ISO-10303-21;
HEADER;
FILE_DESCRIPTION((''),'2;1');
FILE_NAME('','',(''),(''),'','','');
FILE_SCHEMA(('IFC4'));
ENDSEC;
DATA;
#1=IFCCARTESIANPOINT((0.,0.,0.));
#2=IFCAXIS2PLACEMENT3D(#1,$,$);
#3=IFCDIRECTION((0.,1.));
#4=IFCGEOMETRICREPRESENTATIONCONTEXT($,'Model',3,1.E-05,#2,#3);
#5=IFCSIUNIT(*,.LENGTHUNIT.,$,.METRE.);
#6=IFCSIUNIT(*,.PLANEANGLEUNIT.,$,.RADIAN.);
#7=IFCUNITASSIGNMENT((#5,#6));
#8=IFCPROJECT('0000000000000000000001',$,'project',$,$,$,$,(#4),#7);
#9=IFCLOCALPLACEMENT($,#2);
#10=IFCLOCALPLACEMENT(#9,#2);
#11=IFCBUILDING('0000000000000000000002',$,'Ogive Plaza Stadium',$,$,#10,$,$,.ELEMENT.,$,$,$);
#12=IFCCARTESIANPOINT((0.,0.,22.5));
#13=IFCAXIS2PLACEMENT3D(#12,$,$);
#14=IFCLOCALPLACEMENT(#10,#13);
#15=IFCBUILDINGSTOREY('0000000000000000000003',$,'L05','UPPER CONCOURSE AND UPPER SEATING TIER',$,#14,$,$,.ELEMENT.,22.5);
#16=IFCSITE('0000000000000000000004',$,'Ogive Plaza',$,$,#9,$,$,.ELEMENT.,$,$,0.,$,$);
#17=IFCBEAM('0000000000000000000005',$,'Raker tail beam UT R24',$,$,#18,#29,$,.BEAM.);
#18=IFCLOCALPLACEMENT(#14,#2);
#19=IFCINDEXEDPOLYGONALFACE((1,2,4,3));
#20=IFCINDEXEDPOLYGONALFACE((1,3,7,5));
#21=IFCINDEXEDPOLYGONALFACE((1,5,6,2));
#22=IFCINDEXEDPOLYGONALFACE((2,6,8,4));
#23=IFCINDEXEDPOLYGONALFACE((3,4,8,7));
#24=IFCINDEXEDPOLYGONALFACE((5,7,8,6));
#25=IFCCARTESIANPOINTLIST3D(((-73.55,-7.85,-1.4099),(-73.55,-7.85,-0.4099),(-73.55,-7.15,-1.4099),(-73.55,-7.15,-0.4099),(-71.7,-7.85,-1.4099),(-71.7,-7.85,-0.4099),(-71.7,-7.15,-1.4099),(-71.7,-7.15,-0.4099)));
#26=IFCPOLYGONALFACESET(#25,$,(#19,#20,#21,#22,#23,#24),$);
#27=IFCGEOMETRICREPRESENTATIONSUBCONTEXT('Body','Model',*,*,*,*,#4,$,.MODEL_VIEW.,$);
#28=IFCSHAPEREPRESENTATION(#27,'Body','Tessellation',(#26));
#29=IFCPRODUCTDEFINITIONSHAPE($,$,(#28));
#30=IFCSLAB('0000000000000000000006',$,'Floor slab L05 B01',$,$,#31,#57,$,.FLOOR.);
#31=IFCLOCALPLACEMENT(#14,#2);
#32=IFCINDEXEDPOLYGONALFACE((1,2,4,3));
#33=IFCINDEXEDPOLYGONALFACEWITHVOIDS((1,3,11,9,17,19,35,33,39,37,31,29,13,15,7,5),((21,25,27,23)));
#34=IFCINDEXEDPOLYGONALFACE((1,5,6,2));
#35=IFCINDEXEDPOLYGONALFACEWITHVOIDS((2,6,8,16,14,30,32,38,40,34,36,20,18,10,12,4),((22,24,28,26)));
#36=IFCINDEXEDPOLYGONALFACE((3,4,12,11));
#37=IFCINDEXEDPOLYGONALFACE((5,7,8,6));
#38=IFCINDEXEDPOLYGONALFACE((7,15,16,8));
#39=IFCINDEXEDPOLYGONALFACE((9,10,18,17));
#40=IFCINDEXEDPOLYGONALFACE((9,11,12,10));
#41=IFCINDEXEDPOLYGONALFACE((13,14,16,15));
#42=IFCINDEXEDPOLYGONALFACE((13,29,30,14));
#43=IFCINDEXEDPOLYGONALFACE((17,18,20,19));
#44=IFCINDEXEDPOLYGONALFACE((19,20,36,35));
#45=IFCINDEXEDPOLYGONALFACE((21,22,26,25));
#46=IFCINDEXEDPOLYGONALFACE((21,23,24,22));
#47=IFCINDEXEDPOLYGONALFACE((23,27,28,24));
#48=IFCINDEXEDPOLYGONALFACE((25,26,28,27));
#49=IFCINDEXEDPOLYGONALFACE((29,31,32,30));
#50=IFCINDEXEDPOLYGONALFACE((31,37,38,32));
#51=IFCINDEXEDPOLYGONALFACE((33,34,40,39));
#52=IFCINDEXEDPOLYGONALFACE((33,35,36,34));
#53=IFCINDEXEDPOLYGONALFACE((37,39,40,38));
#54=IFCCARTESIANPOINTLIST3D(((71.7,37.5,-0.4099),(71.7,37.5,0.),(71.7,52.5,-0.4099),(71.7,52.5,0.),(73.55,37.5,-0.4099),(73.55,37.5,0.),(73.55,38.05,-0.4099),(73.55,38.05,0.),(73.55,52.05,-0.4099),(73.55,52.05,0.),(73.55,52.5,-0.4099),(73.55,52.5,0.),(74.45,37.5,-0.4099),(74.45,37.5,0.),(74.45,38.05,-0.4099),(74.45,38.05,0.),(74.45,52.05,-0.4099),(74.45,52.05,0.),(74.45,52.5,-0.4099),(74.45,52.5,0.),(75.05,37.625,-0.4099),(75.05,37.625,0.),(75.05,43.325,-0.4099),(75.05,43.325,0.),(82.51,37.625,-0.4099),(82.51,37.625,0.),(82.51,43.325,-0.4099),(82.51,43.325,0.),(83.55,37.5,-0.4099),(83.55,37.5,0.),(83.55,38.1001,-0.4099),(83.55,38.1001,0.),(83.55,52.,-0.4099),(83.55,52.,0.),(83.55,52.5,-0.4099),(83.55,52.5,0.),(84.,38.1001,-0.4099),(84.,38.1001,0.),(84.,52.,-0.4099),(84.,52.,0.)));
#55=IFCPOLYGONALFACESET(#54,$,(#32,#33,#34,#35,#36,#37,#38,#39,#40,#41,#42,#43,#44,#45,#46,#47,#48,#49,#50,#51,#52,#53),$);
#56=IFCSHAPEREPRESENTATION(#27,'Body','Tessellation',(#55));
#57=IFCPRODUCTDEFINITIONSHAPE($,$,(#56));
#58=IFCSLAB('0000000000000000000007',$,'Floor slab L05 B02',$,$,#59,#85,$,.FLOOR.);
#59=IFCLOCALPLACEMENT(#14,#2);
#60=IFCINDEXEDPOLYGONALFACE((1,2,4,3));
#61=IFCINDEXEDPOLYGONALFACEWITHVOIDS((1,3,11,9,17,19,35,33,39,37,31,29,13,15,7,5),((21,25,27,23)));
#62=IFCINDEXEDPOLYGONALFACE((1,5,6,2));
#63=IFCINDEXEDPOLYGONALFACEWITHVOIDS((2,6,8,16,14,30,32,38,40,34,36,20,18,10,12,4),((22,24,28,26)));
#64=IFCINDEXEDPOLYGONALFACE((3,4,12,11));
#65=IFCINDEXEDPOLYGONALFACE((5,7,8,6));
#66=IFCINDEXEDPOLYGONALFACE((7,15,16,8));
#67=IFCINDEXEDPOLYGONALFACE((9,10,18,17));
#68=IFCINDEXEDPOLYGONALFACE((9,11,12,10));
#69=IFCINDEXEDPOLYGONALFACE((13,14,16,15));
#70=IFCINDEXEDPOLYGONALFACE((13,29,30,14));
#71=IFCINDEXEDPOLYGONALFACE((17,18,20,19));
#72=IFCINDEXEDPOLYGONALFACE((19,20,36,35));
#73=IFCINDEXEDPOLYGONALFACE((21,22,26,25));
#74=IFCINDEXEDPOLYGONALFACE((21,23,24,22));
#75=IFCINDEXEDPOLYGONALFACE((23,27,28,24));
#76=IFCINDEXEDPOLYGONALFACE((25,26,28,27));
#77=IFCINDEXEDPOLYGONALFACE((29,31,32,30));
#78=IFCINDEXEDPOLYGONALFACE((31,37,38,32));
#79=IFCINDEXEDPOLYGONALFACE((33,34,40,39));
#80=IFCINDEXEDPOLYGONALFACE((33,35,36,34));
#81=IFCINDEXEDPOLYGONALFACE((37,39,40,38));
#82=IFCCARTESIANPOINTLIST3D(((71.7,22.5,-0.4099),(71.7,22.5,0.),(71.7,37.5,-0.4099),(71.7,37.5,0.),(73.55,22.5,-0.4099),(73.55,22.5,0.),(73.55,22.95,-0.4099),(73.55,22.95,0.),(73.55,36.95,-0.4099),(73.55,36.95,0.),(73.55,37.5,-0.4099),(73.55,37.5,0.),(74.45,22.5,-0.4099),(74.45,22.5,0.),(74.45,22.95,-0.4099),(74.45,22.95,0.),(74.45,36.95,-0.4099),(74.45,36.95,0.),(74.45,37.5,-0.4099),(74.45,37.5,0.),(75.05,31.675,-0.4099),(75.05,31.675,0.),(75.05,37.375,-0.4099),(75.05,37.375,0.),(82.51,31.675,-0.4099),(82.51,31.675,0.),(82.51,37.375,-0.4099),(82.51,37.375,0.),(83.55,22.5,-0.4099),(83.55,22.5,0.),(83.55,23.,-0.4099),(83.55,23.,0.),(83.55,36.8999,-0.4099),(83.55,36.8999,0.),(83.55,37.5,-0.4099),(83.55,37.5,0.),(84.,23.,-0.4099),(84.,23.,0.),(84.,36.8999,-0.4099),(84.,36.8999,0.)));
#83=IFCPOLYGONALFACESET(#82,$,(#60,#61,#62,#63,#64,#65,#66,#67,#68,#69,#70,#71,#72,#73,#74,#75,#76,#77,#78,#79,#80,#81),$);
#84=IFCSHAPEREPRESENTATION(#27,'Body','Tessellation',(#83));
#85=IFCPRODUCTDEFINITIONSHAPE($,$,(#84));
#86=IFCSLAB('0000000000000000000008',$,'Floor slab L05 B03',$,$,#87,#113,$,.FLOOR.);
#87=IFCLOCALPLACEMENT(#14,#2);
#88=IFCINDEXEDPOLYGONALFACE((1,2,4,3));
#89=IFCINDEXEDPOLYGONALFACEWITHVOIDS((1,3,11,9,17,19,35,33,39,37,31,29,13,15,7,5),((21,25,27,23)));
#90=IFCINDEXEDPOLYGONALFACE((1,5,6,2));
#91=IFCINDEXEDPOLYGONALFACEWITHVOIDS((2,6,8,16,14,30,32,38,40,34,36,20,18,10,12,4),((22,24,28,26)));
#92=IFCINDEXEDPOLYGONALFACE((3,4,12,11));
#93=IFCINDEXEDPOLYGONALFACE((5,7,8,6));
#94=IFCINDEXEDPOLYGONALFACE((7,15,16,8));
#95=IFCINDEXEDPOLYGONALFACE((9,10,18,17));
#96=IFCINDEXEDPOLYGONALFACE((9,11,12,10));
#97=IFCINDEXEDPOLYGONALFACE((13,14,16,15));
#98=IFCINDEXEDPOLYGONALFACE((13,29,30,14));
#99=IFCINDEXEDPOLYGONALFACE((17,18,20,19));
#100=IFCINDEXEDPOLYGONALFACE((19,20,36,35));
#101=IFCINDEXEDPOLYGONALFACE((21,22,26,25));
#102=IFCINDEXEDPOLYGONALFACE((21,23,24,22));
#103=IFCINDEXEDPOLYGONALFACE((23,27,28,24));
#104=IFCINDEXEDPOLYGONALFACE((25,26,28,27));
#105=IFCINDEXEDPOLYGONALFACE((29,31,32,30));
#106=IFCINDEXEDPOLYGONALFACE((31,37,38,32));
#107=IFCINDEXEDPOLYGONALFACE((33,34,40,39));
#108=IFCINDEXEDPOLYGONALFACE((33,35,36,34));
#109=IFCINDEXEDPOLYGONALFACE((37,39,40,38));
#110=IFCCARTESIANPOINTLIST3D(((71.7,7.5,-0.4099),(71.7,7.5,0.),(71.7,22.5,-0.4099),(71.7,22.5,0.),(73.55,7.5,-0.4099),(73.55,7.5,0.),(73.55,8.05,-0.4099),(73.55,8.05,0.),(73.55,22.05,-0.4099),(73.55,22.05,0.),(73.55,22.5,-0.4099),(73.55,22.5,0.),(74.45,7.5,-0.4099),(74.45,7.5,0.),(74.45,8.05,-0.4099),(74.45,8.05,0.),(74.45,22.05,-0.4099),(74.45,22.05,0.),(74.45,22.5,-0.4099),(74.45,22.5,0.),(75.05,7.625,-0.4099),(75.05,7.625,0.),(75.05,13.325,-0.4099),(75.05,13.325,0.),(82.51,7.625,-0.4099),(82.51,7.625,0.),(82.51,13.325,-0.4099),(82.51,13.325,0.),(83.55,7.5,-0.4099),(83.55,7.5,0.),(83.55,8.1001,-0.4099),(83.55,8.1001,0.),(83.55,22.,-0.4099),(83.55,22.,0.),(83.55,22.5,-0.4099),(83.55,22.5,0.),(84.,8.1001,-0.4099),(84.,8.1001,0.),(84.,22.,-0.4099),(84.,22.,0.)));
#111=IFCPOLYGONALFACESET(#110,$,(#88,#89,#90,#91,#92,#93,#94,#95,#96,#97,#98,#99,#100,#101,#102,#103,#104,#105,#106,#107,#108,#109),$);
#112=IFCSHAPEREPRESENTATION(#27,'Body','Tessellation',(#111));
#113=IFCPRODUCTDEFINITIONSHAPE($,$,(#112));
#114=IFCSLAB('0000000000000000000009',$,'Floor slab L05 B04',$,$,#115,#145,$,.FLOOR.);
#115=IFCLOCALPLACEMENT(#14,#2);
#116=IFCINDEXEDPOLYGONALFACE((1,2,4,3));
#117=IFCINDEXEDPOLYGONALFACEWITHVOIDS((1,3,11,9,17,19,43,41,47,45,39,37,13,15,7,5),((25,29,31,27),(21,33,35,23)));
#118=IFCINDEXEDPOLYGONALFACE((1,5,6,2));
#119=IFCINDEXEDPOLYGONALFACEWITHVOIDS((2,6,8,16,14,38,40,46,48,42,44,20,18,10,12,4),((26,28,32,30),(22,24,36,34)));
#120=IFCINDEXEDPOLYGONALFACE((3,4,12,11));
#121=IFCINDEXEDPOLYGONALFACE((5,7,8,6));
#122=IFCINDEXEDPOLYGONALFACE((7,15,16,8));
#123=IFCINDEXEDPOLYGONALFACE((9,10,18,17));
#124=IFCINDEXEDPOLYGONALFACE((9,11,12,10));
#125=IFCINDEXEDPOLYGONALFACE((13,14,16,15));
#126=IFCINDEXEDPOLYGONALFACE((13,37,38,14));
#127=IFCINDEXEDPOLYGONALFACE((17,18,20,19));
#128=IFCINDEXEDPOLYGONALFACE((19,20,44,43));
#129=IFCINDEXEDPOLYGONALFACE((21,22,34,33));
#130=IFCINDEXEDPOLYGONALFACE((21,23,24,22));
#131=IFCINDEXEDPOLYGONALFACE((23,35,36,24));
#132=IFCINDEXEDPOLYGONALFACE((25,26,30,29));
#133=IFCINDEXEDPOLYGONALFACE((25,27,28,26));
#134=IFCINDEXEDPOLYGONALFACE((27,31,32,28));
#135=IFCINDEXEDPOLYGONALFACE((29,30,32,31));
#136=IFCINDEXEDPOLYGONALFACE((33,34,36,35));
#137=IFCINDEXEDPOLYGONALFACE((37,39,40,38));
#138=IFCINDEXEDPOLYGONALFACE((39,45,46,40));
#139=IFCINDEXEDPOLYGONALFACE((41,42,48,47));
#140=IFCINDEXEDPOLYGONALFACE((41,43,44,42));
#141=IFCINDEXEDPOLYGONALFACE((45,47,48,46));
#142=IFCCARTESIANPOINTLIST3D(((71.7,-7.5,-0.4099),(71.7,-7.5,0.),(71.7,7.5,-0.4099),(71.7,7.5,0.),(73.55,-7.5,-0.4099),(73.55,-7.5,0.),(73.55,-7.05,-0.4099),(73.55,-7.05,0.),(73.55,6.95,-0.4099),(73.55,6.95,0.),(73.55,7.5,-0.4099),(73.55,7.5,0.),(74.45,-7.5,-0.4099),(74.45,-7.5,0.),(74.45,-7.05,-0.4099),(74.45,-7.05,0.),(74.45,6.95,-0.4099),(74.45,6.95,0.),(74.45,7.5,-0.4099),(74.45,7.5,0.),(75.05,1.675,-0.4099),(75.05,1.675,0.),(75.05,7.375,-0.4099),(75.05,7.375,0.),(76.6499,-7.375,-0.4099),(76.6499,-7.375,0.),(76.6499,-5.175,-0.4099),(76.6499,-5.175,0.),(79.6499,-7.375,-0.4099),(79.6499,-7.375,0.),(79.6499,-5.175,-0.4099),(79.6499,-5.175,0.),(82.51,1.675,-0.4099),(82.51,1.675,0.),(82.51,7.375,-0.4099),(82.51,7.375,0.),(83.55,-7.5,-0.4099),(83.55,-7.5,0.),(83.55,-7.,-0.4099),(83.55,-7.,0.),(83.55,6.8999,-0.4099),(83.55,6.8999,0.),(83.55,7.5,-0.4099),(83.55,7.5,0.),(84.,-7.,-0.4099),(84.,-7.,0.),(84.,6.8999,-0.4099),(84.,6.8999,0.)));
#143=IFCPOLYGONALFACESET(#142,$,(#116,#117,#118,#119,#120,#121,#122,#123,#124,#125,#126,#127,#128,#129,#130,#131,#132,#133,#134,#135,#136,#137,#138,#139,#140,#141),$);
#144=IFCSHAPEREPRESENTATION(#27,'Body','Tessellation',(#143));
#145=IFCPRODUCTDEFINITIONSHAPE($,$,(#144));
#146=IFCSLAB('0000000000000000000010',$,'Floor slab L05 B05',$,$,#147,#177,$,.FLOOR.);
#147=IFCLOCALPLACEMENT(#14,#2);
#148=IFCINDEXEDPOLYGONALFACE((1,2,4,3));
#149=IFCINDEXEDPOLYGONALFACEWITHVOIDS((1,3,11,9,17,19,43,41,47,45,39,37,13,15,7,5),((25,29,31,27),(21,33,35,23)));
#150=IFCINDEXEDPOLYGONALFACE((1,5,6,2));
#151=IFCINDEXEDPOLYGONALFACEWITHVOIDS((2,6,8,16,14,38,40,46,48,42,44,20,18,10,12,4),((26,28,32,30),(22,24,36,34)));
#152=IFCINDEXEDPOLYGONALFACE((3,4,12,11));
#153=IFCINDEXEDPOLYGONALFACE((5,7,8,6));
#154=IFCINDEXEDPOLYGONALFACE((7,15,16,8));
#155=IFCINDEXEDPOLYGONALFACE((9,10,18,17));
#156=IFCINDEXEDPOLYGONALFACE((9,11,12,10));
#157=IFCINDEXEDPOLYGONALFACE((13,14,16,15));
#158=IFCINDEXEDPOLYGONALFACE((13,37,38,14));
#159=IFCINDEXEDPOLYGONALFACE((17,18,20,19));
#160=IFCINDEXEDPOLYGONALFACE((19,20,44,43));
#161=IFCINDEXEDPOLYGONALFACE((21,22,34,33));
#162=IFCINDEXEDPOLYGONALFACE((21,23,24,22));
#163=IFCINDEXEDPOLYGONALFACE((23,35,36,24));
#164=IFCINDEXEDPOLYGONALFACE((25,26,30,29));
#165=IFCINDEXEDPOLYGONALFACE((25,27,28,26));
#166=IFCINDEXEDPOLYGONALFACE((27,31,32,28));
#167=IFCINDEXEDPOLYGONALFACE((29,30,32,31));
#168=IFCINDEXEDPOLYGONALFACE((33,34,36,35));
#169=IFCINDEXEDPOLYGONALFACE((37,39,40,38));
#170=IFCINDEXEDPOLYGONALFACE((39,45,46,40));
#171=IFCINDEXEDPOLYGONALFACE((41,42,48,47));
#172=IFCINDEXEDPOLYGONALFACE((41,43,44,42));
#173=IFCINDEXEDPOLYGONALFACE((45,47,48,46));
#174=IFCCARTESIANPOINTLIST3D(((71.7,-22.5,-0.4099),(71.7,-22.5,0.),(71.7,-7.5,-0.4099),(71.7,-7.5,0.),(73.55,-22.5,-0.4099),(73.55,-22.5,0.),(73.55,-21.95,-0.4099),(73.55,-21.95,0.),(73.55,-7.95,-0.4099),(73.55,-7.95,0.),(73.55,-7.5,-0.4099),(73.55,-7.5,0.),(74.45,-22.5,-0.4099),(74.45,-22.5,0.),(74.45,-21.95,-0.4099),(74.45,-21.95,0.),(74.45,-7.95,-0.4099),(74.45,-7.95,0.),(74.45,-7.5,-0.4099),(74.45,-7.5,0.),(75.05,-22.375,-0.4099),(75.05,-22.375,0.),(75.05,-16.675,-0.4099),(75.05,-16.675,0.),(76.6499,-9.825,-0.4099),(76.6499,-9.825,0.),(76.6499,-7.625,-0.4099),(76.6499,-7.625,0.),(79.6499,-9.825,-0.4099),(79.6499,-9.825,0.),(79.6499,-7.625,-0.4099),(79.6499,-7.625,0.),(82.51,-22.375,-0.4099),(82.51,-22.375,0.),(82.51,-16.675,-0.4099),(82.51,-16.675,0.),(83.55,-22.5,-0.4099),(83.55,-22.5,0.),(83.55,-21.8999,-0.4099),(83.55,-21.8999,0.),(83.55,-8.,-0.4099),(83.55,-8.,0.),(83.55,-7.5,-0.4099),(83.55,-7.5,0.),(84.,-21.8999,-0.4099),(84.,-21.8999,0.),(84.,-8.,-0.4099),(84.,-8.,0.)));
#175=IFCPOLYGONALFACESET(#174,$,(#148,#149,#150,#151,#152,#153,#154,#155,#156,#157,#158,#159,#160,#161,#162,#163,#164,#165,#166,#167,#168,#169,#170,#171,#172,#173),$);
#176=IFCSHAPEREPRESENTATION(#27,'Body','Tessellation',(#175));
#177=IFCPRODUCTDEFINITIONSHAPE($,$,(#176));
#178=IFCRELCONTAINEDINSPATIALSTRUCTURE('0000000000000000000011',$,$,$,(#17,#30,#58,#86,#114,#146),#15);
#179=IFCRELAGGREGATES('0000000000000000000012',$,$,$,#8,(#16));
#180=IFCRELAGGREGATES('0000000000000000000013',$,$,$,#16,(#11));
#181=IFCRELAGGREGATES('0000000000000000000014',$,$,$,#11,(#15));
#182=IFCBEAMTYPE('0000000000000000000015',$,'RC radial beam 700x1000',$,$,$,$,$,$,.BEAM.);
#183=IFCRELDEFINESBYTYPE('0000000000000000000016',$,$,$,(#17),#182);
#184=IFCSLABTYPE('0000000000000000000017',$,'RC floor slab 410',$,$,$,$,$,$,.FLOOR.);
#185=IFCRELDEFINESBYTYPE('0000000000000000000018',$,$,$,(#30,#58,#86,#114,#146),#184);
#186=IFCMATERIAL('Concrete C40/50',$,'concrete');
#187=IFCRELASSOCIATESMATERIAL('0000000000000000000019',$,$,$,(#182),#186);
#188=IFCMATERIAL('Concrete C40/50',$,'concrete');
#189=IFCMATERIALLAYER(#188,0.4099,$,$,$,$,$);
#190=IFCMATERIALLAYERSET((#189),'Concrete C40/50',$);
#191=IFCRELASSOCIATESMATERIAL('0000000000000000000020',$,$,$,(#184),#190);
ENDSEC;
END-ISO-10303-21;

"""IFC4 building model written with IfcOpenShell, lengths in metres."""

from ifc_helpers import new_model, si_unit, direction, frame, origin, origin_2d, place, context, subcontext, project, spatial, polyline, rectangle, outline, extrude, material, layer, layer_set, material_profile, profile_set, type_object, element, save


model = new_model("IFC4")

# Units and contexts
model_context = context("Model", 3, precision=1e-05, world=origin(), true_north=direction((0.0, 1.0)))
body_context = subcontext(model_context, "Body", "Model", "MODEL_VIEW")
ifc_project = project(units=[si_unit("LENGTHUNIT", "METRE"), si_unit("PLANEANGLEUNIT", "RADIAN")], contexts=[model_context])

# Site, building, storey
site_placement = place(None, origin())
site = spatial("IfcSite", under=ifc_project, at=site_placement, Name="Ogive Plaza", CompositionType="ELEMENT", RefElevation=0.0)
building_placement = place(site_placement, origin())
building = spatial("IfcBuilding", under=site, at=building_placement, Name="Ogive Plaza Stadium", CompositionType="ELEMENT")
storey_placement = place(building_placement, frame((0.0, 0.0, 22.5)))
storey = spatial("IfcBuildingStorey", under=building, at=storey_placement, Name="L05", Description="UPPER CONCOURSE AND UPPER SEATING TIER", CompositionType="ELEMENT", Elevation=22.5)

# Beam
ifc_material_1 = material(Name="Concrete C40/50", Category="concrete")
ifc_material_profile = material_profile(ifc_material_1, rectangle(XDim=0.7, YDim=1.0, at=origin_2d()), Name="RC 700x1000")
ifc_profile_set = profile_set([ifc_material_profile], Name="Concrete C40/50")
beam_type = type_object("IfcBeamType", Name="RC radial beam 700x1000", PredefinedType="BEAM", material=ifc_profile_set)
beam_placement = place(storey_placement, frame((-71.7, -7.5, -0.9099), z_axis=(-1.0, 0.0, 0.0), x_axis=(0.0, -1.0, 0.0)))
element("IfcBeam", 1, at=beam_placement, inside=storey, type_object=beam_type, Name="Raker tail beam UT R24", PredefinedType="BEAM", context=body_context, shape_type="SweptSolid", body=[
    extrude(rectangle(XDim=0.7, YDim=1.0, at=origin_2d()), origin(), (0.0, 0.0, 1.0), 1.8501),
])

# Slabs
ifc_material_2 = material(Name="Concrete C40/50", Category="concrete")
ifc_layer_1 = layer(ifc_material_2, 0.4099)
ifc_layer_set_1 = layer_set([ifc_layer_1], Name="Concrete C40/50")
slab_type = type_object("IfcSlabType", Name="RC floor slab 410", PredefinedType="FLOOR", material=ifc_layer_set_1)
slab_1_placement = place(storey_placement, frame((0.0, 0.0, -0.4099)))
element("IfcSlab", 2, at=slab_1_placement, inside=storey, type_object=slab_type, Name="Floor slab L05 B01", PredefinedType="FLOOR", context=body_context, shape_type="SweptSolid", body=[
    extrude(outline(polyline([(73.55, 37.5), (73.55, 38.05), (74.45, 38.05), (74.45, 37.5), (83.55, 37.5), (83.55, 38.1001), (84.0, 38.1001), (84.0, 52.0), (83.55, 52.0), (83.55, 52.5), (74.45, 52.5), (74.45, 52.05), (73.55, 52.05), (73.55, 52.5), (71.7, 52.5), (71.7, 37.5), (73.55, 37.5)]), holes=[polyline([(75.05, 43.325), (75.05, 37.625), (82.51, 37.625), (82.51, 43.325), (75.05, 43.325)])]), origin(), (0.0, 0.0, 1.0), 0.4099),
])
slab_2_placement = place(storey_placement, frame((0.0, 0.0, -0.4099)))
element("IfcSlab", 3, at=slab_2_placement, inside=storey, type_object=slab_type, Name="Floor slab L05 B02", PredefinedType="FLOOR", context=body_context, shape_type="SweptSolid", body=[
    extrude(outline(polyline([(73.55, 22.5), (73.55, 22.95), (74.45, 22.95), (74.45, 22.5), (83.55, 22.5), (83.55, 23.0), (84.0, 23.0), (84.0, 36.8999), (83.55, 36.8999), (83.55, 37.5), (74.45, 37.5), (74.45, 36.95), (73.55, 36.95), (73.55, 37.5), (71.7, 37.5), (71.7, 22.5), (73.55, 22.5)]), holes=[polyline([(75.05, 37.375), (75.05, 31.675), (82.51, 31.675), (82.51, 37.375), (75.05, 37.375)])]), origin(), (0.0, 0.0, 1.0), 0.4099),
])
slab_3_placement = place(storey_placement, frame((0.0, 0.0, -0.4099)))
element("IfcSlab", 4, at=slab_3_placement, inside=storey, type_object=slab_type, Name="Floor slab L05 B03", PredefinedType="FLOOR", context=body_context, shape_type="SweptSolid", body=[
    extrude(outline(polyline([(73.55, 7.5), (73.55, 8.05), (74.45, 8.05), (74.45, 7.5), (83.55, 7.5), (83.55, 8.1001), (84.0, 8.1001), (84.0, 22.0), (83.55, 22.0), (83.55, 22.5), (74.45, 22.5), (74.45, 22.05), (73.55, 22.05), (73.55, 22.5), (71.7, 22.5), (71.7, 7.5), (73.55, 7.5)]), holes=[polyline([(75.05, 13.325), (75.05, 7.625), (82.51, 7.625), (82.51, 13.325), (75.05, 13.325)])]), origin(), (0.0, 0.0, 1.0), 0.4099),
])
slab_4_placement = place(storey_placement, frame((0.0, 0.0, -0.4099)))
element("IfcSlab", 5, at=slab_4_placement, inside=storey, type_object=slab_type, Name="Floor slab L05 B04", PredefinedType="FLOOR", context=body_context, shape_type="SweptSolid", body=[
    extrude(outline(polyline([(73.55, -7.5), (73.55, -7.05), (74.45, -7.05), (74.45, -7.5), (83.55, -7.5), (83.55, -7.0), (84.0, -7.0), (84.0, 6.8999), (83.55, 6.8999), (83.55, 7.5), (74.45, 7.5), (74.45, 6.95), (73.55, 6.95), (73.55, 7.5), (71.7, 7.5), (71.7, -7.5), (73.55, -7.5)]), holes=[polyline([(76.6499, -5.175), (76.6499, -7.375), (79.6499, -7.375), (79.6499, -5.175), (76.6499, -5.175)]), polyline([(75.05, 7.375), (75.05, 1.675), (82.51, 1.675), (82.51, 7.375), (75.05, 7.375)])]), origin(), (0.0, 0.0, 1.0), 0.4099),
])
slab_5_placement = place(storey_placement, frame((0.0, 0.0, -0.4099)))
element("IfcSlab", 6, at=slab_5_placement, inside=storey, type_object=slab_type, Name="Floor slab L05 B05", PredefinedType="FLOOR", context=body_context, shape_type="SweptSolid", body=[
    extrude(outline(polyline([(73.55, -22.5), (73.55, -21.95), (74.45, -21.95), (74.45, -22.5), (83.55, -22.5), (83.55, -21.8999), (84.0, -21.8999), (84.0, -8.0), (83.55, -8.0), (83.55, -7.5), (74.45, -7.5), (74.45, -7.95), (73.55, -7.95), (73.55, -7.5), (71.7, -7.5), (71.7, -22.5), (73.55, -22.5)]), holes=[polyline([(75.05, -16.675), (75.05, -22.375), (82.51, -22.375), (82.51, -16.675), (75.05, -16.675)]), polyline([(76.6499, -7.625), (76.6499, -9.825), (79.6499, -9.825), (79.6499, -7.625), (76.6499, -7.625)])]), origin(), (0.0, 0.0, 1.0), 0.4099),
])

save(model, "model.ifc")
